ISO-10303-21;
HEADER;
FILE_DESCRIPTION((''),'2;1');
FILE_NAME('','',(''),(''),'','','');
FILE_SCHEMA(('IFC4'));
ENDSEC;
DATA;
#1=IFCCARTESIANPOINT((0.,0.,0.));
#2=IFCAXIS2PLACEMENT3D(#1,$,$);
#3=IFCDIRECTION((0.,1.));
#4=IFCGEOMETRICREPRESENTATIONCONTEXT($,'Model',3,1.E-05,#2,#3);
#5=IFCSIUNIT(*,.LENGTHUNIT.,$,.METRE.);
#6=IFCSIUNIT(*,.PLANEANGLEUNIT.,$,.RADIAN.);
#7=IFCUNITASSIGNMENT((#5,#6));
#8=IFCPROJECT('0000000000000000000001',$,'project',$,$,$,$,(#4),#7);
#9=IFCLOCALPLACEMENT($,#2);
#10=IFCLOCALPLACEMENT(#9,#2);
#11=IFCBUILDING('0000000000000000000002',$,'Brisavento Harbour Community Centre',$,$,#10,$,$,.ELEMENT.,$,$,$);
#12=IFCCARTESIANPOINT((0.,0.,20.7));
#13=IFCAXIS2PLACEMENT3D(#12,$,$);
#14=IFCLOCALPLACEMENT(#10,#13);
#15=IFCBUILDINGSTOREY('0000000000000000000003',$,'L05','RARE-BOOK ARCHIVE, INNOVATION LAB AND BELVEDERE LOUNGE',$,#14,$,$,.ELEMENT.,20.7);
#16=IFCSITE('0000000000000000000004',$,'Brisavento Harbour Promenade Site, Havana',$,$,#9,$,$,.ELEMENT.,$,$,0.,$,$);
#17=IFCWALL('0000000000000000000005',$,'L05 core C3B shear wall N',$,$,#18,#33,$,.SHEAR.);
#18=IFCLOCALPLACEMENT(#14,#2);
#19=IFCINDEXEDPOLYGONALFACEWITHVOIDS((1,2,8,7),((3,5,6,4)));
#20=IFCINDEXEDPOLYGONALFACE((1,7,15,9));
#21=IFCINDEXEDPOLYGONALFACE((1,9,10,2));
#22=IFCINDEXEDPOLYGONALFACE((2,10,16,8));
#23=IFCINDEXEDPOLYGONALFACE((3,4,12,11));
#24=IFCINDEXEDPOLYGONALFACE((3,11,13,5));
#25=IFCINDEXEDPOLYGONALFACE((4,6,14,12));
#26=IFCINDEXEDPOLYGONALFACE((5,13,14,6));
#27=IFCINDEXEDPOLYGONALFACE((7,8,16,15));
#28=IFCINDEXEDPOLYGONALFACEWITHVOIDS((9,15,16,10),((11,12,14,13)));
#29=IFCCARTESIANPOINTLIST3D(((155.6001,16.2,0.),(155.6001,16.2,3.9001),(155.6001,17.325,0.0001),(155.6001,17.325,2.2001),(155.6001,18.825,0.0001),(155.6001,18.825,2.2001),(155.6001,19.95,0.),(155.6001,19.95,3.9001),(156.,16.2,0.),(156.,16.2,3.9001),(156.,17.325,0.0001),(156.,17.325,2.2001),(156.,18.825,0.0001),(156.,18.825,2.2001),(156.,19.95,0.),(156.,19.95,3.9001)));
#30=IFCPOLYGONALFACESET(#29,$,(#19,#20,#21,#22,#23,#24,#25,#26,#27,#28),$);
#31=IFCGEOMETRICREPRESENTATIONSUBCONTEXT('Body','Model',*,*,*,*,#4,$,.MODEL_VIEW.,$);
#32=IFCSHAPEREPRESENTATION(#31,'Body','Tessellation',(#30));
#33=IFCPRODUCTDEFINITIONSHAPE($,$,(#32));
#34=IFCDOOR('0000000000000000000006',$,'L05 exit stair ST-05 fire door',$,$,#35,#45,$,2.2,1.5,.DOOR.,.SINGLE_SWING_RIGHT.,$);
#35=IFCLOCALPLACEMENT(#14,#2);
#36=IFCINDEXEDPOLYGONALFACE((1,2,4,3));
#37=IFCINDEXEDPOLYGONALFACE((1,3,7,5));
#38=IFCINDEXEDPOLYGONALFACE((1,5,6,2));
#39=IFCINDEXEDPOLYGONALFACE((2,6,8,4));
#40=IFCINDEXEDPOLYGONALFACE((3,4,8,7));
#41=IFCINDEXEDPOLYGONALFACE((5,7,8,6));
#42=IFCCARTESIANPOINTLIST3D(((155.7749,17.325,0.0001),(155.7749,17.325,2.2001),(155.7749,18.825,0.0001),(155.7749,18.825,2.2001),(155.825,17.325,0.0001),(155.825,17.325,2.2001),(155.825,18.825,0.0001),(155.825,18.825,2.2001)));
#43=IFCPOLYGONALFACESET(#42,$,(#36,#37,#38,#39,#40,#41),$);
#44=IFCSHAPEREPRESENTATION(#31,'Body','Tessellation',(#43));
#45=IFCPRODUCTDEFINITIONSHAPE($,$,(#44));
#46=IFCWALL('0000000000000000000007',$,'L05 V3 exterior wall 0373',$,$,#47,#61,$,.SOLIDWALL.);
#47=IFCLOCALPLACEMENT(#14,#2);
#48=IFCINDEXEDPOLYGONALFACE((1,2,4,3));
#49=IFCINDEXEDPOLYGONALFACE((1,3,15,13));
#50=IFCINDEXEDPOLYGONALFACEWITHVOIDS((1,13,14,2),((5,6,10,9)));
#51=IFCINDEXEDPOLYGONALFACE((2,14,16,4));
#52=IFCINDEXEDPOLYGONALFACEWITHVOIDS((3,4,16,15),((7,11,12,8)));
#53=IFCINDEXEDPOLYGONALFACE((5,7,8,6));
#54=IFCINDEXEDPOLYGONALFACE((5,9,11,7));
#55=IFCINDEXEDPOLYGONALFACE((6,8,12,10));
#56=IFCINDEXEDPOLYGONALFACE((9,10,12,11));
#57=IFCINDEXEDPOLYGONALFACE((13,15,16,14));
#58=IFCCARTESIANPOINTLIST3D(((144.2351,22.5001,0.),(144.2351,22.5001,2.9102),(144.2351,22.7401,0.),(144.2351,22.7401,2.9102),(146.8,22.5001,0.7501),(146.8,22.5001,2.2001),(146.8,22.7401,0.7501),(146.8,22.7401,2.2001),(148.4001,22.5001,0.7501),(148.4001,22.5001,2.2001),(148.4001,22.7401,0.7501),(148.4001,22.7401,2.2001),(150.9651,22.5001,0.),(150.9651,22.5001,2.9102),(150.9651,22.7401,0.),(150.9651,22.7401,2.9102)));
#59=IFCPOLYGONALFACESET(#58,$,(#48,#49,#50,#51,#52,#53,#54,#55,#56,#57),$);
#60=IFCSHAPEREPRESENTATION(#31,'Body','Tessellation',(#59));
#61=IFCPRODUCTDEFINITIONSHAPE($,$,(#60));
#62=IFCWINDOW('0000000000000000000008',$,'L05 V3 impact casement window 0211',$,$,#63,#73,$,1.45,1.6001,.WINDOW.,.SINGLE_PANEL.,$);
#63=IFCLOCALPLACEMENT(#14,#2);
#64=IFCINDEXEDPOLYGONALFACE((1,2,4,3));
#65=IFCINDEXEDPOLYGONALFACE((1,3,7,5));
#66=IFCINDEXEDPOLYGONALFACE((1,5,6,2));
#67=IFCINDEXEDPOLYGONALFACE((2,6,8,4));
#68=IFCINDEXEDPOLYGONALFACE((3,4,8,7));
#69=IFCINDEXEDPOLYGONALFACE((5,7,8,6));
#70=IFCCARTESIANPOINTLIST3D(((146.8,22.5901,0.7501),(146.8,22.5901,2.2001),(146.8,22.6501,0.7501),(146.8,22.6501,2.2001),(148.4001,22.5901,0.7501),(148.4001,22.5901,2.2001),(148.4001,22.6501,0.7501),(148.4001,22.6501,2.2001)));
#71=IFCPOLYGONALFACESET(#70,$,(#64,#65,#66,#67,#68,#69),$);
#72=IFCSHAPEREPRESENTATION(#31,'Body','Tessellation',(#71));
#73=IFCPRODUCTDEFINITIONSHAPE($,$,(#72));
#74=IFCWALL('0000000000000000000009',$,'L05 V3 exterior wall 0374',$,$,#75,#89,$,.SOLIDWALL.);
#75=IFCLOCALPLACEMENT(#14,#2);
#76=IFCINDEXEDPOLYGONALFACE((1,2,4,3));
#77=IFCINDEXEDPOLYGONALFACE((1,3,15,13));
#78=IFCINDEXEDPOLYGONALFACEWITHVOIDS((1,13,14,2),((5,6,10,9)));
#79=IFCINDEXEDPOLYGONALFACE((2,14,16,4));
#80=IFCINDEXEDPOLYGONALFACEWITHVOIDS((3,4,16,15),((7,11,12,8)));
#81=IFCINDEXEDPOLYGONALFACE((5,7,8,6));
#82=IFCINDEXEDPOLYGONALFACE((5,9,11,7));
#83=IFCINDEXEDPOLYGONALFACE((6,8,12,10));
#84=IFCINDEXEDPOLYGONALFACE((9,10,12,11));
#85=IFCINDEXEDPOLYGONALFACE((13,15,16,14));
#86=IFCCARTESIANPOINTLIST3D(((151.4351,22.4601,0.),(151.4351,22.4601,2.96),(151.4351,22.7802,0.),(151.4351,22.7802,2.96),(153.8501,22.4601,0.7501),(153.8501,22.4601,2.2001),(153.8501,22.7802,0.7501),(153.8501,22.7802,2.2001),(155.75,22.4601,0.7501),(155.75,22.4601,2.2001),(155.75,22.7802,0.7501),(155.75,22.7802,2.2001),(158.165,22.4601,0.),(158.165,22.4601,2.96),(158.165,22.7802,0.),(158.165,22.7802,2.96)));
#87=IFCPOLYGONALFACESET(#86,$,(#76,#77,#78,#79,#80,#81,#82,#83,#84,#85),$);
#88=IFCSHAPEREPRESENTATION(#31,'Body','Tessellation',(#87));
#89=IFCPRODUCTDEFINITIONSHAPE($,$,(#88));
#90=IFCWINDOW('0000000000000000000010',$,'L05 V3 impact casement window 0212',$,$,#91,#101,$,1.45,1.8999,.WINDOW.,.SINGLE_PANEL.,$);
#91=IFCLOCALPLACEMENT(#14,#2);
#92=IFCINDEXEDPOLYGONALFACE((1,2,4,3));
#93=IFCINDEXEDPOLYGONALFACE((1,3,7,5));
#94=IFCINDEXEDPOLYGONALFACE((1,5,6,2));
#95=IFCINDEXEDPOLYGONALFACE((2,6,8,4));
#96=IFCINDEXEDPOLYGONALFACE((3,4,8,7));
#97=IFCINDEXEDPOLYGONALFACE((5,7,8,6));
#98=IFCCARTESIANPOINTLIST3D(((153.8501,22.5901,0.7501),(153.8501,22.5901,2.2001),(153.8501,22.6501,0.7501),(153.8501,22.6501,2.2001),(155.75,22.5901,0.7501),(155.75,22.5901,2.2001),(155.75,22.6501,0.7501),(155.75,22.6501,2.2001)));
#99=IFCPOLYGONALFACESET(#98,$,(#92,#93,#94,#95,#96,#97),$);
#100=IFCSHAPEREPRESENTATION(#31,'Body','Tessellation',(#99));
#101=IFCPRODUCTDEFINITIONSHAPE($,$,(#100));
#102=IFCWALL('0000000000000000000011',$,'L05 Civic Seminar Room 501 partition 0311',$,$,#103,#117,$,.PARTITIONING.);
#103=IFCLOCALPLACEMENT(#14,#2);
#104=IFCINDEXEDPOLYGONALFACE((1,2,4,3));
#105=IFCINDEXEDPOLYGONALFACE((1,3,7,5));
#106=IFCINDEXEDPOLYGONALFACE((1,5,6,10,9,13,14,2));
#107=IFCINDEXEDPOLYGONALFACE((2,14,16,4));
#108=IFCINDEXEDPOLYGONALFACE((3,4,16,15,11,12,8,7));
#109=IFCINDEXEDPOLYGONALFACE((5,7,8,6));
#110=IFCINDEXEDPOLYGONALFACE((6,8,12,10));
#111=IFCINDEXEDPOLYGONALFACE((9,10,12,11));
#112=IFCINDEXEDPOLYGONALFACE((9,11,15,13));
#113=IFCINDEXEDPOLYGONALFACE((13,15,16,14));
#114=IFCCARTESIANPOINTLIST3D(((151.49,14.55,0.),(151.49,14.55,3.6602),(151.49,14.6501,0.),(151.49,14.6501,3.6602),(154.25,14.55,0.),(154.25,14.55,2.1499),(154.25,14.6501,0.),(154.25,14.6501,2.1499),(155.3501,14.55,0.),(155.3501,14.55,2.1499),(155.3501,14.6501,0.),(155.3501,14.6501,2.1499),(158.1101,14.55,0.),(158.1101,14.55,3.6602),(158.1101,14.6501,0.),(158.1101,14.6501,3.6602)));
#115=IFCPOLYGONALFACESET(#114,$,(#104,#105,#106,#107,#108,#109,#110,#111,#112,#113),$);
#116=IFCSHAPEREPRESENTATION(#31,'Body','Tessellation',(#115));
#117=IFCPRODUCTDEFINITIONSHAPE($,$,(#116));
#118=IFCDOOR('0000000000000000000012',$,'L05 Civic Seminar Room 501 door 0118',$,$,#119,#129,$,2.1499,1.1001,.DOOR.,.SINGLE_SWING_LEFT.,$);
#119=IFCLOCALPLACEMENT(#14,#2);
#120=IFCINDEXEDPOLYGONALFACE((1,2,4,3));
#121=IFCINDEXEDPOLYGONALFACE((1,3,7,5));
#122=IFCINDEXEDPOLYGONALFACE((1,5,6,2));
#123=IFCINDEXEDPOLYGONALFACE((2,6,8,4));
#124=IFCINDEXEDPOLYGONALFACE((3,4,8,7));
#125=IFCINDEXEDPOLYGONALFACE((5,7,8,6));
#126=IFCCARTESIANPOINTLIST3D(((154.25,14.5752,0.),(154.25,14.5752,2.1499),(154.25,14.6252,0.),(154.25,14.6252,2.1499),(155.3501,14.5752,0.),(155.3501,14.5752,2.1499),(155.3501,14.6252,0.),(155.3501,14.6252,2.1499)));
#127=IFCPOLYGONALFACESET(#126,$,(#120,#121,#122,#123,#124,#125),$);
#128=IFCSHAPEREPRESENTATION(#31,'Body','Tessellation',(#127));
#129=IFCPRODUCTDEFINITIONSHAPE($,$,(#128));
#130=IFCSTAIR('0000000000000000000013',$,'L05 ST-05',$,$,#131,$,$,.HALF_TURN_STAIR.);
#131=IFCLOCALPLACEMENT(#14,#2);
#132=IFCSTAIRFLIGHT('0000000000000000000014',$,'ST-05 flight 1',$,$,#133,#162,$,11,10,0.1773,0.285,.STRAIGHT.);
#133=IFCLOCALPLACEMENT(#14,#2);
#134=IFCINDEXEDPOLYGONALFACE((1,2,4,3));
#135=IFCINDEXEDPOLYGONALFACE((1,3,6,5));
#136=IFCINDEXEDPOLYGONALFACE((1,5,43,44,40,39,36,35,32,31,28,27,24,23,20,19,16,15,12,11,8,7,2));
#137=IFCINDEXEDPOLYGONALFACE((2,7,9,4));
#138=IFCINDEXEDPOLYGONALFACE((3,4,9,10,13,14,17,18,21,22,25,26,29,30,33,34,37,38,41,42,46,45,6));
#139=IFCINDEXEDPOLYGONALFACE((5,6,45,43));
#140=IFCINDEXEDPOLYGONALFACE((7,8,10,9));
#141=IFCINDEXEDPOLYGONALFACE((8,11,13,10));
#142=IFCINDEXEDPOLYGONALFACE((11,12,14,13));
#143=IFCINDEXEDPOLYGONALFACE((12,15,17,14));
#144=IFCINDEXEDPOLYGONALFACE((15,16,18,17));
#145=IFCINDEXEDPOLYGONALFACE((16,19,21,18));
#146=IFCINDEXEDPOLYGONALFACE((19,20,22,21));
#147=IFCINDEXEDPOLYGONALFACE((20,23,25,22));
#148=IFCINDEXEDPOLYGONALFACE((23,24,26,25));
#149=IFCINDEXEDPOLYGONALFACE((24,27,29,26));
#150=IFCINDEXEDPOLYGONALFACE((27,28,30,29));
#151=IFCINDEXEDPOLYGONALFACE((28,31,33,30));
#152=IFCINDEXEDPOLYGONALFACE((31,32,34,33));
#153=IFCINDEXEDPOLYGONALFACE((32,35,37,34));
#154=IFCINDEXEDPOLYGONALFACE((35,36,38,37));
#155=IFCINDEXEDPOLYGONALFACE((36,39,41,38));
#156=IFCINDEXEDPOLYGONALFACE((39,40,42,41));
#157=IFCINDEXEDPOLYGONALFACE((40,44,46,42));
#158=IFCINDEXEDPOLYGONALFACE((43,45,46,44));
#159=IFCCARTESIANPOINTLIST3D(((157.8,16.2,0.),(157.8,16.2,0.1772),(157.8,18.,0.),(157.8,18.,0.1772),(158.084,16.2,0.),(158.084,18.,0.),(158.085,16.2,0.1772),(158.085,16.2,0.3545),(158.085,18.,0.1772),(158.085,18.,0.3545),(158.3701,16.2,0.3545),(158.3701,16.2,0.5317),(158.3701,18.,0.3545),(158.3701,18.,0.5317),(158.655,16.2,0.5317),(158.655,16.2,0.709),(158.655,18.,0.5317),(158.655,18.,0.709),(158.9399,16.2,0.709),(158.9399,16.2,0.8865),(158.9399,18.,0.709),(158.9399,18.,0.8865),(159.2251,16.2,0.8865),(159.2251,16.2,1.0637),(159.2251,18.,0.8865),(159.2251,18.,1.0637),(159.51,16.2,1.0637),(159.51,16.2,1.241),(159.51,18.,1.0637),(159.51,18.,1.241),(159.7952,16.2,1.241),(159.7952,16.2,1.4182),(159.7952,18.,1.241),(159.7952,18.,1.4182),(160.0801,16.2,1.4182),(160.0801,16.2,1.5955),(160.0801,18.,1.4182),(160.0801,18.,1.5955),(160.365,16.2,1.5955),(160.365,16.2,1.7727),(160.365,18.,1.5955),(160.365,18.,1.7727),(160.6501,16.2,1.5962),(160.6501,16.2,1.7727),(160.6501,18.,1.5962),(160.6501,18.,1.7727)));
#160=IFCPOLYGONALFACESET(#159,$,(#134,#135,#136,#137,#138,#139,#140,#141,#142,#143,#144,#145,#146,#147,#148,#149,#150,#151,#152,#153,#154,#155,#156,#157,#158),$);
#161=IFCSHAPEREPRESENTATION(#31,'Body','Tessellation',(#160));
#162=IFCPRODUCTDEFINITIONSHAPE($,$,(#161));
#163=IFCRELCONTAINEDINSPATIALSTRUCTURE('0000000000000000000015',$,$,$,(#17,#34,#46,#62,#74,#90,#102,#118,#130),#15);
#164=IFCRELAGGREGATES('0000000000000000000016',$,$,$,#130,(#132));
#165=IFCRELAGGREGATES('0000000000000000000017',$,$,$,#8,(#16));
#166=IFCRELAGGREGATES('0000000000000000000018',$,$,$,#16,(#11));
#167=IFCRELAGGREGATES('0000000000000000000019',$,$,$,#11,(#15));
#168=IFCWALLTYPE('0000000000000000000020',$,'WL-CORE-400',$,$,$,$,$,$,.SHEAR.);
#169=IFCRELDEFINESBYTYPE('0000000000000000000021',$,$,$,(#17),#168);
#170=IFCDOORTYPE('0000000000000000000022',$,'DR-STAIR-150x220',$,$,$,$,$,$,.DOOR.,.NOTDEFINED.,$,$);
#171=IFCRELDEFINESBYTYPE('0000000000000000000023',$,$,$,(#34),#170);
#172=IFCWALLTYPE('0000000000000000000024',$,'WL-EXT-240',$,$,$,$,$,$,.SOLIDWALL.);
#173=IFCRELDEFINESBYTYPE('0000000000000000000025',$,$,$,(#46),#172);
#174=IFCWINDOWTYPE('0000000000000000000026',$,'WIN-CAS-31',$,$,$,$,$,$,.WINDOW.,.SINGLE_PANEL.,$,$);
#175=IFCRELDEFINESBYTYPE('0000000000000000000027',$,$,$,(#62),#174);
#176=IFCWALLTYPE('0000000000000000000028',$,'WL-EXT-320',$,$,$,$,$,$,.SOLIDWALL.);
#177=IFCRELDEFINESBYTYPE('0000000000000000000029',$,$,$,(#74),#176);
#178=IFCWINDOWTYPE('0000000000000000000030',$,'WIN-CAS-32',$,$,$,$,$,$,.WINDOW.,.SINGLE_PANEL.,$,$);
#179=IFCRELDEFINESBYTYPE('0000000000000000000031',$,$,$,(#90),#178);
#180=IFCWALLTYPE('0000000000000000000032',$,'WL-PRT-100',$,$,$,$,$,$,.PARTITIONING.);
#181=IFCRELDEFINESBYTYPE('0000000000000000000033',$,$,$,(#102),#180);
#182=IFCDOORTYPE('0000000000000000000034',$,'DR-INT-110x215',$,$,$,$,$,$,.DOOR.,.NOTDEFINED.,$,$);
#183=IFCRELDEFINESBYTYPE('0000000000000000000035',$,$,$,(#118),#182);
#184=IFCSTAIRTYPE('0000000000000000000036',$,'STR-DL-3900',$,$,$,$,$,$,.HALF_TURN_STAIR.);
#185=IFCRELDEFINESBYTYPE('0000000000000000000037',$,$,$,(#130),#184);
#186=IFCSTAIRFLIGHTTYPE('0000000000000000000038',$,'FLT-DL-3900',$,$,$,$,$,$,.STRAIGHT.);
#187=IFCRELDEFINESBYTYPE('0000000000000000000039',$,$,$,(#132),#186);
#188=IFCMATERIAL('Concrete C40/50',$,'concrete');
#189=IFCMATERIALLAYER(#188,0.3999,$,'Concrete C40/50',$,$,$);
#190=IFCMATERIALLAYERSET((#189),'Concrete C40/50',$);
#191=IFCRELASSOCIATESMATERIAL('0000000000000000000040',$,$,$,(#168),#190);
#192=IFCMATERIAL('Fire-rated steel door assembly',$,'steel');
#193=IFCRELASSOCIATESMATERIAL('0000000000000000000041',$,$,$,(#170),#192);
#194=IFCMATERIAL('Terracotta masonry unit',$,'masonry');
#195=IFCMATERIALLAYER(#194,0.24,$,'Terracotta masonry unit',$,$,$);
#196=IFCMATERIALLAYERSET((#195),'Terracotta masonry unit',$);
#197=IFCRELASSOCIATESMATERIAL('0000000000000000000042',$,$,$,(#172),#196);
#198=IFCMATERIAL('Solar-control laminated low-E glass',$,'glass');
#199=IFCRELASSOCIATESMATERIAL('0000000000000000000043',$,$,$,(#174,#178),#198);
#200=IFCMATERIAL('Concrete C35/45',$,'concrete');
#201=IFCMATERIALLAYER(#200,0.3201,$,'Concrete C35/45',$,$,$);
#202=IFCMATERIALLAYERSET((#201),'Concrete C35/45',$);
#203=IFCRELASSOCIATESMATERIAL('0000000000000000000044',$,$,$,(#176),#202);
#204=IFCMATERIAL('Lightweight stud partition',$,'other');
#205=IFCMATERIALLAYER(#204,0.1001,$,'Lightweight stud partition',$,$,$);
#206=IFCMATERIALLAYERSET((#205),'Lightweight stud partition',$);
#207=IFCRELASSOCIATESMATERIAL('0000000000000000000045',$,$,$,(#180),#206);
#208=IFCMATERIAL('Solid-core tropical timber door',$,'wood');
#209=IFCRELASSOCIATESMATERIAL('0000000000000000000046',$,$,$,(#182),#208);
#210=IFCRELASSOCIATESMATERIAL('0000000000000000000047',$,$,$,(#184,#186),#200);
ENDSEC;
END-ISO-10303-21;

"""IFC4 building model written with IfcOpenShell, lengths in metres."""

from ifc_helpers import new_model, si_unit, direction, frame, frame_2d, origin, place, context, subcontext, project, spatial, polyline, rectangle, outline, extrude, material, layer, layer_set, type_object, element, fill, aggregate, save


model = new_model("IFC4")

# Units and contexts
model_context = context("Model", 3, precision=1e-05, world=origin(), true_north=direction((0.0, 1.0)))
body_context = subcontext(model_context, "Body", "Model", "MODEL_VIEW")
ifc_project = project(units=[si_unit("LENGTHUNIT", "METRE"), si_unit("PLANEANGLEUNIT", "RADIAN")], contexts=[model_context])

# Site, building, storey
site_placement = place(None, origin())
site = spatial("IfcSite", under=ifc_project, at=site_placement, Name="Brisavento Harbour Promenade Site, Havana", CompositionType="ELEMENT", RefElevation=0.0)
building_placement = place(site_placement, origin())
building = spatial("IfcBuilding", under=site, at=building_placement, Name="Brisavento Harbour Community Centre", CompositionType="ELEMENT")
storey_placement = place(building_placement, frame((0.0, 0.0, 20.7)))
storey = spatial("IfcBuildingStorey", under=building, at=storey_placement, Name="L05", Description="RARE-BOOK ARCHIVE, INNOVATION LAB AND BELVEDERE LOUNGE", CompositionType="ELEMENT", Elevation=20.7)

# Shared definitions
ifc_material_1 = material(Name="Concrete C35/45", Category="concrete")

# Shared definitions
ifc_material_2 = material(Name="Concrete C40/50", Category="concrete")
ifc_layer_1 = layer(ifc_material_2, 0.3999, Name="Concrete C40/50")
ifc_layer_set_1 = layer_set([ifc_layer_1], Name="Concrete C40/50")
wall_type_1 = type_object("IfcWallType", Name="WL-CORE-400", PredefinedType="SHEAR", material=ifc_layer_set_1)

# Wall, opening, door
wall_1_placement = place(storey_placement, frame((155.8, 19.95, 0.0), z_axis=(0.0, 0.0, 1.0), x_axis=(0.0, -1.0, 0.0)))
wall_1 = element("IfcWall", 1, at=wall_1_placement, inside=storey, type_object=wall_type_1, Name="L05 core C3B shear wall N", PredefinedType="SHEAR", context=body_context, shape_type="SweptSolid", body=[
    extrude(rectangle(XDim=3.75, YDim=0.3999, at=frame_2d((1.875, 0.0))), origin(), (0.0, 0.0, 1.0), 3.9001),
])
opening_1_placement = place(wall_1_placement, frame((1.125, 0.0, 0.0)))
opening_1 = element("IfcOpeningElement", 2, at=opening_1_placement, cuts=wall_1, PredefinedType="OPENING", context=body_context, shape_type="SweptSolid", body=[
    extrude(rectangle(XDim=1.5, YDim=2.2, at=frame_2d((0.75, 1.1001))), frame((0.0, 0.21, 0.0), z_axis=(0.0, -1.0, 0.0), x_axis=(1.0, 0.0, 0.0)), (0.0, 0.0, 1.0), 0.4199),
])
ifc_material_3 = material(Name="Fire-rated steel door assembly", Category="steel")
door_type_1 = type_object("IfcDoorType", Name="DR-STAIR-150x220", OperationType="NOTDEFINED", PredefinedType="DOOR", material=ifc_material_3)
door_1_placement = place(opening_1_placement, origin())
door_1 = element("IfcDoor", 3, at=door_1_placement, inside=storey, type_object=door_type_1, Name="L05 exit stair ST-05 fire door", OperationType="SINGLE_SWING_RIGHT", OverallHeight=2.2, OverallWidth=1.5, PredefinedType="DOOR", context=body_context, shape_type="SweptSolid", body=[
    extrude(rectangle(XDim=1.5, YDim=2.2, at=frame_2d((0.75, 1.1001))), frame((0.0, 0.0249, 0.0), z_axis=(0.0, -1.0, 0.0), x_axis=(1.0, 0.0, 0.0)), (0.0, 0.0, 1.0), 0.05),
])
fill(opening_1, door_1)

# Walls, openings, windows
ifc_material_4 = material(Name="Terracotta masonry unit", Category="masonry")
ifc_layer_2 = layer(ifc_material_4, 0.24, Name="Terracotta masonry unit")
ifc_layer_set_2 = layer_set([ifc_layer_2], Name="Terracotta masonry unit")
wall_type_2 = type_object("IfcWallType", Name="WL-EXT-240", PredefinedType="SOLIDWALL", material=ifc_layer_set_2)
wall_2_placement = place(storey_placement, frame((144.2351, 22.6201, 0.0), z_axis=(0.0, 0.0, 1.0), x_axis=(1.0, 0.0, 0.0)))
wall_2 = element("IfcWall", 4, at=wall_2_placement, inside=storey, type_object=wall_type_2, Name="L05 V3 exterior wall 0373", PredefinedType="SOLIDWALL", context=body_context, shape_type="SweptSolid", body=[
    extrude(rectangle(XDim=6.73, YDim=0.24, at=frame_2d((3.365, 0.0))), origin(), (0.0, 0.0, 1.0), 2.9102),
])
opening_2_placement = place(wall_2_placement, frame((2.5649, 0.0, 0.75)))
opening_2 = element("IfcOpeningElement", 5, at=opening_2_placement, cuts=wall_2, PredefinedType="OPENING", context=body_context, shape_type="SweptSolid", body=[
    extrude(rectangle(XDim=1.6001, YDim=1.45, at=frame_2d((0.8, 0.7251))), frame((0.0, 0.1299, 0.0), z_axis=(0.0, -1.0, 0.0), x_axis=(1.0, 0.0, 0.0)), (0.0, 0.0, 1.0), 0.26),
])
ifc_material_5 = material(Name="Solar-control laminated low-E glass", Category="glass")
window_type_1 = type_object("IfcWindowType", Name="WIN-CAS-31", PartitioningType="SINGLE_PANEL", PredefinedType="WINDOW", material=ifc_material_5)
window_1_placement = place(opening_2_placement, origin())
window_1 = element("IfcWindow", 6, at=window_1_placement, inside=storey, type_object=window_type_1, Name="L05 V3 impact casement window 0211", OverallHeight=1.45, OverallWidth=1.6001, PartitioningType="SINGLE_PANEL", PredefinedType="WINDOW", context=body_context, shape_type="SweptSolid", body=[
    extrude(rectangle(XDim=1.6001, YDim=1.45, at=frame_2d((0.8, 0.7251))), frame((0.0, 0.03, 0.0), z_axis=(0.0, -1.0, 0.0), x_axis=(1.0, 0.0, 0.0)), (0.0, 0.0, 1.0), 0.0601),
])
fill(opening_2, window_1)
ifc_layer_3 = layer(ifc_material_1, 0.3201, Name="Concrete C35/45")
ifc_layer_set_3 = layer_set([ifc_layer_3], Name="Concrete C35/45")
wall_type_3 = type_object("IfcWallType", Name="WL-EXT-320", PredefinedType="SOLIDWALL", material=ifc_layer_set_3)
wall_3_placement = place(storey_placement, frame((151.4351, 22.6201, 0.0), z_axis=(0.0, 0.0, 1.0), x_axis=(1.0, 0.0, 0.0)))
wall_3 = element("IfcWall", 7, at=wall_3_placement, inside=storey, type_object=wall_type_3, Name="L05 V3 exterior wall 0374", PredefinedType="SOLIDWALL", context=body_context, shape_type="SweptSolid", body=[
    extrude(rectangle(XDim=6.73, YDim=0.3201, at=frame_2d((3.365, 0.0))), origin(), (0.0, 0.0, 1.0), 2.96),
])
opening_3_placement = place(wall_3_placement, frame((2.415, 0.0, 0.75)))
opening_3 = element("IfcOpeningElement", 8, at=opening_3_placement, cuts=wall_3, PredefinedType="OPENING", context=body_context, shape_type="SweptSolid", body=[
    extrude(rectangle(XDim=1.8999, YDim=1.45, at=frame_2d((0.95, 0.7251))), frame((0.0, 0.1699, 0.0), z_axis=(0.0, -1.0, 0.0), x_axis=(1.0, 0.0, 0.0)), (0.0, 0.0, 1.0), 0.3401),
])
window_type_2 = type_object("IfcWindowType", Name="WIN-CAS-32", PartitioningType="SINGLE_PANEL", PredefinedType="WINDOW", material=ifc_material_5)
window_2_placement = place(opening_3_placement, origin())
window_2 = element("IfcWindow", 9, at=window_2_placement, inside=storey, type_object=window_type_2, Name="L05 V3 impact casement window 0212", OverallHeight=1.45, OverallWidth=1.8999, PartitioningType="SINGLE_PANEL", PredefinedType="WINDOW", context=body_context, shape_type="SweptSolid", body=[
    extrude(rectangle(XDim=1.8999, YDim=1.45, at=frame_2d((0.95, 0.7251))), frame((0.0, 0.03, 0.0), z_axis=(0.0, -1.0, 0.0), x_axis=(1.0, 0.0, 0.0)), (0.0, 0.0, 1.0), 0.0601),
])
fill(opening_3, window_2)

# Wall, opening, door
ifc_material_6 = material(Name="Lightweight stud partition", Category="other")
ifc_layer_4 = layer(ifc_material_6, 0.1001, Name="Lightweight stud partition")
ifc_layer_set_4 = layer_set([ifc_layer_4], Name="Lightweight stud partition")
wall_type_4 = type_object("IfcWallType", Name="WL-PRT-100", PredefinedType="PARTITIONING", material=ifc_layer_set_4)
wall_4_placement = place(storey_placement, frame((158.1101, 14.6001, 0.0), z_axis=(0.0, 0.0, 1.0), x_axis=(-1.0, 0.0, 0.0)))
wall_4 = element("IfcWall", 10, at=wall_4_placement, inside=storey, type_object=wall_type_4, Name="L05 Civic Seminar Room 501 partition 0311", PredefinedType="PARTITIONING", context=body_context, shape_type="SweptSolid", body=[
    extrude(rectangle(XDim=6.6201, YDim=0.1001, at=frame_2d((3.3101, 0.0))), origin(), (0.0, 0.0, 1.0), 3.6602),
])
opening_4_placement = place(wall_4_placement, frame((2.76, 0.0, 0.0)))
opening_4 = element("IfcOpeningElement", 11, at=opening_4_placement, cuts=wall_4, PredefinedType="OPENING", context=body_context, shape_type="SweptSolid", body=[
    extrude(rectangle(XDim=1.1001, YDim=2.1499, at=frame_2d((0.55, 1.075))), frame((0.0, 0.0601, 0.0), z_axis=(0.0, -1.0, 0.0), x_axis=(1.0, 0.0, 0.0)), (0.0, 0.0, 1.0), 0.1201),
])
ifc_material_7 = material(Name="Solid-core tropical timber door", Category="wood")
door_type_2 = type_object("IfcDoorType", Name="DR-INT-110x215", OperationType="NOTDEFINED", PredefinedType="DOOR", material=ifc_material_7)
door_2_placement = place(opening_4_placement, origin())
door_2 = element("IfcDoor", 12, at=door_2_placement, inside=storey, type_object=door_type_2, Name="L05 Civic Seminar Room 501 door 0118", OperationType="SINGLE_SWING_LEFT", OverallHeight=2.1499, OverallWidth=1.1001, PredefinedType="DOOR", context=body_context, shape_type="SweptSolid", body=[
    extrude(rectangle(XDim=1.1001, YDim=2.1499, at=frame_2d((0.55, 1.075))), frame((0.0, 0.0249, 0.0), z_axis=(0.0, -1.0, 0.0), x_axis=(1.0, 0.0, 0.0)), (0.0, 0.0, 1.0), 0.05),
])
fill(opening_4, door_2)

# Stair, stair flight
stair_type = type_object("IfcStairType", Name="STR-DL-3900", PredefinedType="HALF_TURN_STAIR", material=ifc_material_1)
stair_placement = place(storey_placement, origin())
stair = element("IfcStair", 13, at=stair_placement, inside=storey, type_object=stair_type, Name="L05 ST-05", PredefinedType="HALF_TURN_STAIR")
stair_flight_type = type_object("IfcStairFlightType", Name="FLT-DL-3900", PredefinedType="STRAIGHT", material=ifc_material_1)
stair_flight_placement = place(storey_placement, frame((157.8, 17.1001, 0.0), z_axis=(0.0, 0.0, 1.0), x_axis=(1.0, 0.0, 0.0)))
stair_flight = element("IfcStairFlight", 14, at=stair_flight_placement, type_object=stair_flight_type, Name="ST-05 flight 1", NumberOfRisers=11, NumberOfTreads=10, PredefinedType="STRAIGHT", RiserHeight=0.1773, TreadLength=0.285, context=body_context, shape_type="SweptSolid", body=[
    extrude(outline(polyline([(0.0, 0.0), (0.0, 0.1772), (0.2849, 0.1772), (0.2849, 0.3545), (0.5701, 0.3545), (0.5701, 0.5317), (0.855, 0.5317), (0.855, 0.709), (1.1399, 0.709), (1.1399, 0.8865), (1.425, 0.8865), (1.425, 1.0637), (1.71, 1.0637), (1.71, 1.241), (1.9951, 1.241), (1.9951, 1.4182), (2.28, 1.4182), (2.28, 1.5955), (2.5649, 1.5955), (2.5649, 1.7727), (2.8501, 1.7727), (2.8501, 1.95), (2.8501, 1.5962), (0.2839, 0.0), (0.0, 0.0)])), frame((0.0, 0.8999, 0.0), z_axis=(0.0, -1.0, 0.0), x_axis=(1.0, 0.0, 0.0)), (0.0, 0.0, 1.0), 1.8),
])
aggregate(stair, [stair_flight])

save(model, "model.ifc")
